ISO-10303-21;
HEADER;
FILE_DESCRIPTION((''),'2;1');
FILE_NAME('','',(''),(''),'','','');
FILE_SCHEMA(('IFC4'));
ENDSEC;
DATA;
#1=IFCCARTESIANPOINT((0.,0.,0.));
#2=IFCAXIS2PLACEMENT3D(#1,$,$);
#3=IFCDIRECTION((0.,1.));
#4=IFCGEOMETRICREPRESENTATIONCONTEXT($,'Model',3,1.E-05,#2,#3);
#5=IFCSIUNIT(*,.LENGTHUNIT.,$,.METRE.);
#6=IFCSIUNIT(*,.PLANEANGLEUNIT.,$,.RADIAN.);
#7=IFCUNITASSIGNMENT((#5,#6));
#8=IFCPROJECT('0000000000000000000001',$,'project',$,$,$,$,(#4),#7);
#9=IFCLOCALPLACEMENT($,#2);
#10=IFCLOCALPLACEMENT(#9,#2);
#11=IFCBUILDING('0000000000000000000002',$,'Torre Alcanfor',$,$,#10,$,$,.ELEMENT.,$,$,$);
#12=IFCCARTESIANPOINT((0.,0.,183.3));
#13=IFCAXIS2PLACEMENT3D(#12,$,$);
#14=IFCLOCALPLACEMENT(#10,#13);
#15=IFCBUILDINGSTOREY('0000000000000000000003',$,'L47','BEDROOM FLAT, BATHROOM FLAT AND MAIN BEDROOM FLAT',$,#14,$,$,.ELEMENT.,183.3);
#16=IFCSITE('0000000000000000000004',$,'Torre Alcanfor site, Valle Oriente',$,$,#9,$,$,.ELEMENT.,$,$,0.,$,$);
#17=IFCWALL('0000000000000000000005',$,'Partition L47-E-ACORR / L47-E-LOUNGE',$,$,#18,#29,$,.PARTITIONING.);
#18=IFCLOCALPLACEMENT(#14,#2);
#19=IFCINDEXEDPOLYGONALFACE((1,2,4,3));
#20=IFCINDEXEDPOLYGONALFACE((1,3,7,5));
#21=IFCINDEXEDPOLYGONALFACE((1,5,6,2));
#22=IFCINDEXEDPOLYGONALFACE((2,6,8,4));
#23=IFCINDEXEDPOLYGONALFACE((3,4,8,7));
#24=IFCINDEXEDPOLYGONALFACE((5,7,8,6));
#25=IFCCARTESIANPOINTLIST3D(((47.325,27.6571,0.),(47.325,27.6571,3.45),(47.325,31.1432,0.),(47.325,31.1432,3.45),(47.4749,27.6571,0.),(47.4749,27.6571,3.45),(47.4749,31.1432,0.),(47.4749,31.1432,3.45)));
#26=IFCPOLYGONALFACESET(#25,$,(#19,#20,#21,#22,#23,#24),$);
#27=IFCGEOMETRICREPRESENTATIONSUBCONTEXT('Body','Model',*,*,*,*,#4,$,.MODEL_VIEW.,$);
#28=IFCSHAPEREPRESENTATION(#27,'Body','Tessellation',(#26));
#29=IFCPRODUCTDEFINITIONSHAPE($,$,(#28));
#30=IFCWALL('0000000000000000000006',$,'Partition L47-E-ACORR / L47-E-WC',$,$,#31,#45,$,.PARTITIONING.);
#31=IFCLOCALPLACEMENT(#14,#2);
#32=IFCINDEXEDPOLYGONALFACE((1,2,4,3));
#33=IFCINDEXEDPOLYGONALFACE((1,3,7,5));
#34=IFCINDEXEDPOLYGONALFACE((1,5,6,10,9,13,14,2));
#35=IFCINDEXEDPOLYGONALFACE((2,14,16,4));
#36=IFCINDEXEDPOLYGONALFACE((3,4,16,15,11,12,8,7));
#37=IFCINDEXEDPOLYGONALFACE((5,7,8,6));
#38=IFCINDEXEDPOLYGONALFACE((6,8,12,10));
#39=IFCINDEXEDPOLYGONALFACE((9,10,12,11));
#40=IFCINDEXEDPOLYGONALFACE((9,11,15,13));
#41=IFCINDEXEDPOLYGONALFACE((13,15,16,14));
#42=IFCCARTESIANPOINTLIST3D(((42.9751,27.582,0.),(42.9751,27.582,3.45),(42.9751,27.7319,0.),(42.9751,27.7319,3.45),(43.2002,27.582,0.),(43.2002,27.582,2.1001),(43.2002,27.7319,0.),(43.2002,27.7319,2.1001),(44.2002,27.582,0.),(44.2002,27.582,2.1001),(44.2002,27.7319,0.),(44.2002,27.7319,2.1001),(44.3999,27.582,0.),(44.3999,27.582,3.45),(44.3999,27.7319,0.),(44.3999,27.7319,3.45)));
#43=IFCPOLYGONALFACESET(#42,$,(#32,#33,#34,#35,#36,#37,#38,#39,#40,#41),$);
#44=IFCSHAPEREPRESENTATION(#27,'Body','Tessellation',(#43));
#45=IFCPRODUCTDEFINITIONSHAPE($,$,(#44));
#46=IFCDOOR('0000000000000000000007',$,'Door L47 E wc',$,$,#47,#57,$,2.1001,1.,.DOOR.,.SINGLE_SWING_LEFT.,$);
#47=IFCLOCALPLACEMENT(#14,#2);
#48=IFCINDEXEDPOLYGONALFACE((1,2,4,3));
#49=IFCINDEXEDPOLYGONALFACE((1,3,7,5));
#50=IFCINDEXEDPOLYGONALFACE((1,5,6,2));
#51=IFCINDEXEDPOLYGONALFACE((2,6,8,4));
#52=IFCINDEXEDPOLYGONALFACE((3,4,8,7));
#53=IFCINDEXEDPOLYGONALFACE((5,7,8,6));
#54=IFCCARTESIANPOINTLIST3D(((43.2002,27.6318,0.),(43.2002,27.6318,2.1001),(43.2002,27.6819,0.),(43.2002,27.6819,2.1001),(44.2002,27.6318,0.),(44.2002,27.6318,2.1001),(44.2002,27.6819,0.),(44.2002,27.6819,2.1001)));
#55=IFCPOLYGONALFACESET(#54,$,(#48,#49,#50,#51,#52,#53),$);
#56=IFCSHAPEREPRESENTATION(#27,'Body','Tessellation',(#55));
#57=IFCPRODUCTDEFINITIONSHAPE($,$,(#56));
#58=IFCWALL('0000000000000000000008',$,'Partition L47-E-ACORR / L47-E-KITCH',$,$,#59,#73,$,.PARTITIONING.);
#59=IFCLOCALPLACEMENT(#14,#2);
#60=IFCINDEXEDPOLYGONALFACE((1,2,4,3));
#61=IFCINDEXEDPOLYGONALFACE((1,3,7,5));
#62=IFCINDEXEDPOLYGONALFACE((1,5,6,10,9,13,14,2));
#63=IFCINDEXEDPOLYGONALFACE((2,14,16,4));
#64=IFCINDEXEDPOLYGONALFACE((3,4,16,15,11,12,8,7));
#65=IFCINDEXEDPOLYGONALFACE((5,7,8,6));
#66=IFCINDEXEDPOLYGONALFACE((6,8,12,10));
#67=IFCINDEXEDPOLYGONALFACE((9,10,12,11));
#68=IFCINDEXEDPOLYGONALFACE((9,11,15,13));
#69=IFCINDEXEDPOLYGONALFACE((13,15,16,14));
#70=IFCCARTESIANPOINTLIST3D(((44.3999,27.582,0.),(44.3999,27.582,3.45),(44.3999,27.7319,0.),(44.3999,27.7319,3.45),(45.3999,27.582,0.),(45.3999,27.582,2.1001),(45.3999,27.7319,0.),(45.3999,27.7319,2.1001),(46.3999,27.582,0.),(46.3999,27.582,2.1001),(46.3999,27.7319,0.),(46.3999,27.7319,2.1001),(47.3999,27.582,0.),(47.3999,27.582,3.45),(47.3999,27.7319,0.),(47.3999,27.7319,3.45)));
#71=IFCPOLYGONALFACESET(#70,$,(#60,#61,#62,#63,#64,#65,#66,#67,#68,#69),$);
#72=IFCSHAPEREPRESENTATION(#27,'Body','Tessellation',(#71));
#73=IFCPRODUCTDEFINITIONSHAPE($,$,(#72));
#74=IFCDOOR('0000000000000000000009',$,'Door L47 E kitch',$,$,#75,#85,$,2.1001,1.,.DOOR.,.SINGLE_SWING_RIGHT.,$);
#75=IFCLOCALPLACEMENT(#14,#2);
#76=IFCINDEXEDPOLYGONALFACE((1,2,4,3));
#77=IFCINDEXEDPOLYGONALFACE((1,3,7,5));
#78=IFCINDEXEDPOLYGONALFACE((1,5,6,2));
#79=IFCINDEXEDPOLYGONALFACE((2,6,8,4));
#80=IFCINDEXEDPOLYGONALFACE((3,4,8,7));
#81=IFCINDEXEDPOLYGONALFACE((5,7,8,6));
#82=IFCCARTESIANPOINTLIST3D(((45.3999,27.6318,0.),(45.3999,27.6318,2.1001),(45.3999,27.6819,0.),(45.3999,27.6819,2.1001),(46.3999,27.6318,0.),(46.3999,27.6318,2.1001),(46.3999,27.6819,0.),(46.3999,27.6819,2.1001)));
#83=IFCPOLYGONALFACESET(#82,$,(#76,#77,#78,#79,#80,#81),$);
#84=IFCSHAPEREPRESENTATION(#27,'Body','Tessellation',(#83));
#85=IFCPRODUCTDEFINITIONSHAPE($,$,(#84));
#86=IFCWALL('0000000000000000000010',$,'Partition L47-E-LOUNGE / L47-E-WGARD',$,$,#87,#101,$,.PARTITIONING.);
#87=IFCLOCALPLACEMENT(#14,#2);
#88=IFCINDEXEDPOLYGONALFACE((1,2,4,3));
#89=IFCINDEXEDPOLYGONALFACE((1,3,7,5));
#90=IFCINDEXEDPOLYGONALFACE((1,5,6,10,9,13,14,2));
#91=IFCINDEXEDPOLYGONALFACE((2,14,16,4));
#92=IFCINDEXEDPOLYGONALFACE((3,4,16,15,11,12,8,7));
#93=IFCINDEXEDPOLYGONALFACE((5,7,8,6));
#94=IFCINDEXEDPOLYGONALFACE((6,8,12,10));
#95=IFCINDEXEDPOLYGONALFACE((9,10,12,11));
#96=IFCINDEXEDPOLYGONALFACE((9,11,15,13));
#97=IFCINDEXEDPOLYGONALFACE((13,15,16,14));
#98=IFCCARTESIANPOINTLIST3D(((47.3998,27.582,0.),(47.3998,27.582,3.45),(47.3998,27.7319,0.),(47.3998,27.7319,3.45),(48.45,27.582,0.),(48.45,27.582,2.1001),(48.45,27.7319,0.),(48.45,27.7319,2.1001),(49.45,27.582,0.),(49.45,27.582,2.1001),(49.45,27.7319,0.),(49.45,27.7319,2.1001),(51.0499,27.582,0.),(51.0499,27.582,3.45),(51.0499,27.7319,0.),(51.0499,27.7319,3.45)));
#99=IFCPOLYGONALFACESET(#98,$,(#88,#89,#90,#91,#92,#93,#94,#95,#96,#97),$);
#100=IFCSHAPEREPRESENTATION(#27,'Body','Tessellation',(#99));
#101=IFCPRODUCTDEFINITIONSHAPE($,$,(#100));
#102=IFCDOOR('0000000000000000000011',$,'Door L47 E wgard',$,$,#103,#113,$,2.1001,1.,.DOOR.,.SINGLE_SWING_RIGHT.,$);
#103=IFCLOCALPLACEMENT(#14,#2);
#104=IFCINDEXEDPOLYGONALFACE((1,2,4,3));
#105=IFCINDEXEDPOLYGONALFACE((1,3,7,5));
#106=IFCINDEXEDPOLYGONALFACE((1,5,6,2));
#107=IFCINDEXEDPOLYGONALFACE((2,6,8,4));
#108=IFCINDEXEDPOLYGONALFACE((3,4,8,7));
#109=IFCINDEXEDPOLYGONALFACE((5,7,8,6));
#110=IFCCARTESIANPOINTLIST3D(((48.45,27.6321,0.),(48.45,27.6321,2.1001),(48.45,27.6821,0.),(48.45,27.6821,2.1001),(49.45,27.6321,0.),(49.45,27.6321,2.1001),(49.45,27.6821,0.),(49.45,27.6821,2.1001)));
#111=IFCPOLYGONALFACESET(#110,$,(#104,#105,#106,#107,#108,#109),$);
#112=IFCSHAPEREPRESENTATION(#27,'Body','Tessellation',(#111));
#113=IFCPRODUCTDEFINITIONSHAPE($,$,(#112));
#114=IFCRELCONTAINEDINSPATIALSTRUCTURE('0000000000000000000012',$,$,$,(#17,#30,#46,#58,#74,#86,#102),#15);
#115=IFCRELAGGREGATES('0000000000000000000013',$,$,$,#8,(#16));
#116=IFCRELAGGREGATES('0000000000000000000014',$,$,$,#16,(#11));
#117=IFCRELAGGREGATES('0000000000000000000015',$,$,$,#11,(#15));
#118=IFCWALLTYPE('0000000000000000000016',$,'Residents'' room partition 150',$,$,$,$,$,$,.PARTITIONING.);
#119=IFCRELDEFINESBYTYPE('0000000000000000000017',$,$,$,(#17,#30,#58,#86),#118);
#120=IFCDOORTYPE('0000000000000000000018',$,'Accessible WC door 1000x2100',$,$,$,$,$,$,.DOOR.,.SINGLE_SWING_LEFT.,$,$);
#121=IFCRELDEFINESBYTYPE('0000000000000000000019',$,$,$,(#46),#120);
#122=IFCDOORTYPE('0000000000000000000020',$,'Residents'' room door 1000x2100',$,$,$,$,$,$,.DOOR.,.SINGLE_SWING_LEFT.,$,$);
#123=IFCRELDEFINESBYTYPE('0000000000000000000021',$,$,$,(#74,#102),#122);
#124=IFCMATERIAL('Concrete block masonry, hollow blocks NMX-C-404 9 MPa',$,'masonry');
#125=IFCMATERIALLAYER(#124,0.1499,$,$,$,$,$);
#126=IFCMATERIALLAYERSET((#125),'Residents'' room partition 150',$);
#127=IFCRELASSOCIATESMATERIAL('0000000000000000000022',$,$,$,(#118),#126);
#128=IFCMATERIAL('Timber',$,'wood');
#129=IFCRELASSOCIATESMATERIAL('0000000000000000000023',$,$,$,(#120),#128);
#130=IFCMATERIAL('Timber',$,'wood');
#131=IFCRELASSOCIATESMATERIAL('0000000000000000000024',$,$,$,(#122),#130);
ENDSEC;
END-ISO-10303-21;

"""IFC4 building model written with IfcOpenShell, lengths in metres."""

from ifc_helpers import new_model, si_unit, direction, frame, frame_2d, origin, place, context, subcontext, project, spatial, rectangle, extrude, material, layer, layer_set, type_object, element, fill, save


model = new_model("IFC4")

# Units and contexts
model_context = context("Model", 3, precision=1e-05, world=origin(), true_north=direction((0.0, 1.0)))
body_context = subcontext(model_context, "Body", "Model", "MODEL_VIEW")
ifc_project = project(units=[si_unit("LENGTHUNIT", "METRE"), si_unit("PLANEANGLEUNIT", "RADIAN")], contexts=[model_context])

# Site, building, storey
site_placement = place(None, origin())
site = spatial("IfcSite", under=ifc_project, at=site_placement, Name="Torre Alcanfor site, Valle Oriente", CompositionType="ELEMENT", RefElevation=0.0)
building_placement = place(site_placement, origin())
building = spatial("IfcBuilding", under=site, at=building_placement, Name="Torre Alcanfor", CompositionType="ELEMENT")
storey_placement = place(building_placement, frame((0.0, 0.0, 183.3)))
storey = spatial("IfcBuildingStorey", under=building, at=storey_placement, Name="L47", Description="BEDROOM FLAT, BATHROOM FLAT AND MAIN BEDROOM FLAT", CompositionType="ELEMENT", Elevation=183.3)

# Wall
ifc_material_1 = material(Name="Concrete block masonry, hollow blocks NMX-C-404 9 MPa", Category="masonry")
ifc_layer_1 = layer(ifc_material_1, 0.1499)
ifc_layer_set_1 = layer_set([ifc_layer_1], Name="Residents' room partition 150")
wall_type_1 = type_object("IfcWallType", Name="Residents' room partition 150", PredefinedType="PARTITIONING", material=ifc_layer_set_1)
wall_1_placement = place(storey_placement, frame((47.3999, 27.657, 0.0), z_axis=(0.0, 0.0, 1.0), x_axis=(0.0, 1.0, 0.0)))
element("IfcWall", 1, at=wall_1_placement, inside=storey, type_object=wall_type_1, Name="Partition L47-E-ACORR / L47-E-LOUNGE", PredefinedType="PARTITIONING", context=body_context, shape_type="SweptSolid", body=[
    extrude(rectangle(XDim=3.4861, YDim=0.1499, at=frame_2d((1.7432, 0.0))), origin(), (0.0, 0.0, 1.0), 3.45),
])

# Walls, openings, doors
wall_2_placement = place(storey_placement, frame((42.9751, 27.657, 0.0), z_axis=(0.0, 0.0, 1.0), x_axis=(1.0, 0.0, 0.0)))
wall_2 = element("IfcWall", 2, at=wall_2_placement, inside=storey, type_object=wall_type_1, Name="Partition L47-E-ACORR / L47-E-WC", PredefinedType="PARTITIONING", context=body_context, shape_type="SweptSolid", body=[
    extrude(rectangle(XDim=1.4248, YDim=0.1499, at=frame_2d((0.7124, 0.0))), origin(), (0.0, 0.0, 1.0), 3.45),
])
opening_1_placement = place(wall_2_placement, frame((0.2251, 0.0, 0.0)))
opening_1 = element("IfcOpeningElement", 3, at=opening_1_placement, cuts=wall_2, PredefinedType="OPENING", context=body_context, shape_type="SweptSolid", body=[
    extrude(rectangle(XDim=1.0, YDim=2.1001, at=frame_2d((0.5, 1.05))), frame((0.0, 0.085, 0.0), z_axis=(0.0, -1.0, 0.0), x_axis=(1.0, 0.0, 0.0)), (0.0, 0.0, 1.0), 0.1699),
])
ifc_material_2 = material(Name="Timber", Category="wood")
door_type_1 = type_object("IfcDoorType", Name="Accessible WC door 1000x2100", OperationType="SINGLE_SWING_LEFT", PredefinedType="DOOR", material=ifc_material_2)
door_1_placement = place(opening_1_placement, origin())
door_1 = element("IfcDoor", 4, at=door_1_placement, inside=storey, type_object=door_type_1, Name="Door L47 E wc", OperationType="SINGLE_SWING_LEFT", OverallHeight=2.1001, OverallWidth=1.0, PredefinedType="DOOR", context=body_context, shape_type="SweptSolid", body=[
    extrude(rectangle(XDim=1.0, YDim=2.1001, at=frame_2d((0.5, 1.05))), frame((0.0, 0.0249, 0.0), z_axis=(0.0, -1.0, 0.0), x_axis=(1.0, 0.0, 0.0)), (0.0, 0.0, 1.0), 0.05),
])
fill(opening_1, door_1)
wall_3_placement = place(storey_placement, frame((44.3999, 27.657, 0.0), z_axis=(0.0, 0.0, 1.0), x_axis=(1.0, 0.0, 0.0)))
wall_3 = element("IfcWall", 5, at=wall_3_placement, inside=storey, type_object=wall_type_1, Name="Partition L47-E-ACORR / L47-E-KITCH", PredefinedType="PARTITIONING", context=body_context, shape_type="SweptSolid", body=[
    extrude(rectangle(XDim=3.0, YDim=0.1499, at=frame_2d((1.5, 0.0))), origin(), (0.0, 0.0, 1.0), 3.45),
])
opening_2_placement = place(wall_3_placement, frame((1.0, 0.0, 0.0)))
opening_2 = element("IfcOpeningElement", 6, at=opening_2_placement, cuts=wall_3, PredefinedType="OPENING", context=body_context, shape_type="SweptSolid", body=[
    extrude(rectangle(XDim=1.0, YDim=2.1001, at=frame_2d((0.5, 1.05))), frame((0.0, 0.085, 0.0), z_axis=(0.0, -1.0, 0.0), x_axis=(1.0, 0.0, 0.0)), (0.0, 0.0, 1.0), 0.1699),
])
ifc_material_3 = material(Name="Timber", Category="wood")
door_type_2 = type_object("IfcDoorType", Name="Residents' room door 1000x2100", OperationType="SINGLE_SWING_LEFT", PredefinedType="DOOR", material=ifc_material_3)
door_2_placement = place(opening_2_placement, frame((1.0, 0.0, 0.0), z_axis=(0.0, 0.0, 1.0), x_axis=(-1.0, 0.0, 0.0)))
door_2 = element("IfcDoor", 7, at=door_2_placement, inside=storey, type_object=door_type_2, Name="Door L47 E kitch", OperationType="SINGLE_SWING_RIGHT", OverallHeight=2.1001, OverallWidth=1.0, PredefinedType="DOOR", context=body_context, shape_type="SweptSolid", body=[
    extrude(rectangle(XDim=1.0, YDim=2.1001, at=frame_2d((0.5, 1.05))), frame((0.0, 0.0251, 0.0), z_axis=(0.0, -1.0, 0.0), x_axis=(1.0, 0.0, 0.0)), (0.0, 0.0, 1.0), 0.05),
])
fill(opening_2, door_2)
wall_4_placement = place(storey_placement, frame((51.05, 27.657, 0.0), z_axis=(0.0, 0.0, 1.0), x_axis=(-1.0, 0.0, 0.0)))
wall_4 = element("IfcWall", 8, at=wall_4_placement, inside=storey, type_object=wall_type_1, Name="Partition L47-E-LOUNGE / L47-E-WGARD", PredefinedType="PARTITIONING", context=body_context, shape_type="SweptSolid", body=[
    extrude(rectangle(XDim=3.6501, YDim=0.1499, at=frame_2d((1.8252, 0.0))), origin(), (0.0, 0.0, 1.0), 3.45),
])
opening_3_placement = place(wall_4_placement, frame((1.6001, 0.0, 0.0)))
opening_3 = element("IfcOpeningElement", 9, at=opening_3_placement, cuts=wall_4, PredefinedType="OPENING", context=body_context, shape_type="SweptSolid", body=[
    extrude(rectangle(XDim=1.0, YDim=2.1001, at=frame_2d((0.5, 1.05))), frame((0.0, 0.085, 0.0), z_axis=(0.0, -1.0, 0.0), x_axis=(1.0, 0.0, 0.0)), (0.0, 0.0, 1.0), 0.1699),
])
door_3_placement = place(opening_3_placement, origin())
door_3 = element("IfcDoor", 10, at=door_3_placement, inside=storey, type_object=door_type_2, Name="Door L47 E wgard", OperationType="SINGLE_SWING_RIGHT", OverallHeight=2.1001, OverallWidth=1.0, PredefinedType="DOOR", context=body_context, shape_type="SweptSolid", body=[
    extrude(rectangle(XDim=1.0, YDim=2.1001, at=frame_2d((0.5, 1.05))), frame((0.0, 0.0249, 0.0), z_axis=(0.0, -1.0, 0.0), x_axis=(1.0, 0.0, 0.0)), (0.0, 0.0, 1.0), 0.05),
])
fill(opening_3, door_3)

save(model, "model.ifc")
